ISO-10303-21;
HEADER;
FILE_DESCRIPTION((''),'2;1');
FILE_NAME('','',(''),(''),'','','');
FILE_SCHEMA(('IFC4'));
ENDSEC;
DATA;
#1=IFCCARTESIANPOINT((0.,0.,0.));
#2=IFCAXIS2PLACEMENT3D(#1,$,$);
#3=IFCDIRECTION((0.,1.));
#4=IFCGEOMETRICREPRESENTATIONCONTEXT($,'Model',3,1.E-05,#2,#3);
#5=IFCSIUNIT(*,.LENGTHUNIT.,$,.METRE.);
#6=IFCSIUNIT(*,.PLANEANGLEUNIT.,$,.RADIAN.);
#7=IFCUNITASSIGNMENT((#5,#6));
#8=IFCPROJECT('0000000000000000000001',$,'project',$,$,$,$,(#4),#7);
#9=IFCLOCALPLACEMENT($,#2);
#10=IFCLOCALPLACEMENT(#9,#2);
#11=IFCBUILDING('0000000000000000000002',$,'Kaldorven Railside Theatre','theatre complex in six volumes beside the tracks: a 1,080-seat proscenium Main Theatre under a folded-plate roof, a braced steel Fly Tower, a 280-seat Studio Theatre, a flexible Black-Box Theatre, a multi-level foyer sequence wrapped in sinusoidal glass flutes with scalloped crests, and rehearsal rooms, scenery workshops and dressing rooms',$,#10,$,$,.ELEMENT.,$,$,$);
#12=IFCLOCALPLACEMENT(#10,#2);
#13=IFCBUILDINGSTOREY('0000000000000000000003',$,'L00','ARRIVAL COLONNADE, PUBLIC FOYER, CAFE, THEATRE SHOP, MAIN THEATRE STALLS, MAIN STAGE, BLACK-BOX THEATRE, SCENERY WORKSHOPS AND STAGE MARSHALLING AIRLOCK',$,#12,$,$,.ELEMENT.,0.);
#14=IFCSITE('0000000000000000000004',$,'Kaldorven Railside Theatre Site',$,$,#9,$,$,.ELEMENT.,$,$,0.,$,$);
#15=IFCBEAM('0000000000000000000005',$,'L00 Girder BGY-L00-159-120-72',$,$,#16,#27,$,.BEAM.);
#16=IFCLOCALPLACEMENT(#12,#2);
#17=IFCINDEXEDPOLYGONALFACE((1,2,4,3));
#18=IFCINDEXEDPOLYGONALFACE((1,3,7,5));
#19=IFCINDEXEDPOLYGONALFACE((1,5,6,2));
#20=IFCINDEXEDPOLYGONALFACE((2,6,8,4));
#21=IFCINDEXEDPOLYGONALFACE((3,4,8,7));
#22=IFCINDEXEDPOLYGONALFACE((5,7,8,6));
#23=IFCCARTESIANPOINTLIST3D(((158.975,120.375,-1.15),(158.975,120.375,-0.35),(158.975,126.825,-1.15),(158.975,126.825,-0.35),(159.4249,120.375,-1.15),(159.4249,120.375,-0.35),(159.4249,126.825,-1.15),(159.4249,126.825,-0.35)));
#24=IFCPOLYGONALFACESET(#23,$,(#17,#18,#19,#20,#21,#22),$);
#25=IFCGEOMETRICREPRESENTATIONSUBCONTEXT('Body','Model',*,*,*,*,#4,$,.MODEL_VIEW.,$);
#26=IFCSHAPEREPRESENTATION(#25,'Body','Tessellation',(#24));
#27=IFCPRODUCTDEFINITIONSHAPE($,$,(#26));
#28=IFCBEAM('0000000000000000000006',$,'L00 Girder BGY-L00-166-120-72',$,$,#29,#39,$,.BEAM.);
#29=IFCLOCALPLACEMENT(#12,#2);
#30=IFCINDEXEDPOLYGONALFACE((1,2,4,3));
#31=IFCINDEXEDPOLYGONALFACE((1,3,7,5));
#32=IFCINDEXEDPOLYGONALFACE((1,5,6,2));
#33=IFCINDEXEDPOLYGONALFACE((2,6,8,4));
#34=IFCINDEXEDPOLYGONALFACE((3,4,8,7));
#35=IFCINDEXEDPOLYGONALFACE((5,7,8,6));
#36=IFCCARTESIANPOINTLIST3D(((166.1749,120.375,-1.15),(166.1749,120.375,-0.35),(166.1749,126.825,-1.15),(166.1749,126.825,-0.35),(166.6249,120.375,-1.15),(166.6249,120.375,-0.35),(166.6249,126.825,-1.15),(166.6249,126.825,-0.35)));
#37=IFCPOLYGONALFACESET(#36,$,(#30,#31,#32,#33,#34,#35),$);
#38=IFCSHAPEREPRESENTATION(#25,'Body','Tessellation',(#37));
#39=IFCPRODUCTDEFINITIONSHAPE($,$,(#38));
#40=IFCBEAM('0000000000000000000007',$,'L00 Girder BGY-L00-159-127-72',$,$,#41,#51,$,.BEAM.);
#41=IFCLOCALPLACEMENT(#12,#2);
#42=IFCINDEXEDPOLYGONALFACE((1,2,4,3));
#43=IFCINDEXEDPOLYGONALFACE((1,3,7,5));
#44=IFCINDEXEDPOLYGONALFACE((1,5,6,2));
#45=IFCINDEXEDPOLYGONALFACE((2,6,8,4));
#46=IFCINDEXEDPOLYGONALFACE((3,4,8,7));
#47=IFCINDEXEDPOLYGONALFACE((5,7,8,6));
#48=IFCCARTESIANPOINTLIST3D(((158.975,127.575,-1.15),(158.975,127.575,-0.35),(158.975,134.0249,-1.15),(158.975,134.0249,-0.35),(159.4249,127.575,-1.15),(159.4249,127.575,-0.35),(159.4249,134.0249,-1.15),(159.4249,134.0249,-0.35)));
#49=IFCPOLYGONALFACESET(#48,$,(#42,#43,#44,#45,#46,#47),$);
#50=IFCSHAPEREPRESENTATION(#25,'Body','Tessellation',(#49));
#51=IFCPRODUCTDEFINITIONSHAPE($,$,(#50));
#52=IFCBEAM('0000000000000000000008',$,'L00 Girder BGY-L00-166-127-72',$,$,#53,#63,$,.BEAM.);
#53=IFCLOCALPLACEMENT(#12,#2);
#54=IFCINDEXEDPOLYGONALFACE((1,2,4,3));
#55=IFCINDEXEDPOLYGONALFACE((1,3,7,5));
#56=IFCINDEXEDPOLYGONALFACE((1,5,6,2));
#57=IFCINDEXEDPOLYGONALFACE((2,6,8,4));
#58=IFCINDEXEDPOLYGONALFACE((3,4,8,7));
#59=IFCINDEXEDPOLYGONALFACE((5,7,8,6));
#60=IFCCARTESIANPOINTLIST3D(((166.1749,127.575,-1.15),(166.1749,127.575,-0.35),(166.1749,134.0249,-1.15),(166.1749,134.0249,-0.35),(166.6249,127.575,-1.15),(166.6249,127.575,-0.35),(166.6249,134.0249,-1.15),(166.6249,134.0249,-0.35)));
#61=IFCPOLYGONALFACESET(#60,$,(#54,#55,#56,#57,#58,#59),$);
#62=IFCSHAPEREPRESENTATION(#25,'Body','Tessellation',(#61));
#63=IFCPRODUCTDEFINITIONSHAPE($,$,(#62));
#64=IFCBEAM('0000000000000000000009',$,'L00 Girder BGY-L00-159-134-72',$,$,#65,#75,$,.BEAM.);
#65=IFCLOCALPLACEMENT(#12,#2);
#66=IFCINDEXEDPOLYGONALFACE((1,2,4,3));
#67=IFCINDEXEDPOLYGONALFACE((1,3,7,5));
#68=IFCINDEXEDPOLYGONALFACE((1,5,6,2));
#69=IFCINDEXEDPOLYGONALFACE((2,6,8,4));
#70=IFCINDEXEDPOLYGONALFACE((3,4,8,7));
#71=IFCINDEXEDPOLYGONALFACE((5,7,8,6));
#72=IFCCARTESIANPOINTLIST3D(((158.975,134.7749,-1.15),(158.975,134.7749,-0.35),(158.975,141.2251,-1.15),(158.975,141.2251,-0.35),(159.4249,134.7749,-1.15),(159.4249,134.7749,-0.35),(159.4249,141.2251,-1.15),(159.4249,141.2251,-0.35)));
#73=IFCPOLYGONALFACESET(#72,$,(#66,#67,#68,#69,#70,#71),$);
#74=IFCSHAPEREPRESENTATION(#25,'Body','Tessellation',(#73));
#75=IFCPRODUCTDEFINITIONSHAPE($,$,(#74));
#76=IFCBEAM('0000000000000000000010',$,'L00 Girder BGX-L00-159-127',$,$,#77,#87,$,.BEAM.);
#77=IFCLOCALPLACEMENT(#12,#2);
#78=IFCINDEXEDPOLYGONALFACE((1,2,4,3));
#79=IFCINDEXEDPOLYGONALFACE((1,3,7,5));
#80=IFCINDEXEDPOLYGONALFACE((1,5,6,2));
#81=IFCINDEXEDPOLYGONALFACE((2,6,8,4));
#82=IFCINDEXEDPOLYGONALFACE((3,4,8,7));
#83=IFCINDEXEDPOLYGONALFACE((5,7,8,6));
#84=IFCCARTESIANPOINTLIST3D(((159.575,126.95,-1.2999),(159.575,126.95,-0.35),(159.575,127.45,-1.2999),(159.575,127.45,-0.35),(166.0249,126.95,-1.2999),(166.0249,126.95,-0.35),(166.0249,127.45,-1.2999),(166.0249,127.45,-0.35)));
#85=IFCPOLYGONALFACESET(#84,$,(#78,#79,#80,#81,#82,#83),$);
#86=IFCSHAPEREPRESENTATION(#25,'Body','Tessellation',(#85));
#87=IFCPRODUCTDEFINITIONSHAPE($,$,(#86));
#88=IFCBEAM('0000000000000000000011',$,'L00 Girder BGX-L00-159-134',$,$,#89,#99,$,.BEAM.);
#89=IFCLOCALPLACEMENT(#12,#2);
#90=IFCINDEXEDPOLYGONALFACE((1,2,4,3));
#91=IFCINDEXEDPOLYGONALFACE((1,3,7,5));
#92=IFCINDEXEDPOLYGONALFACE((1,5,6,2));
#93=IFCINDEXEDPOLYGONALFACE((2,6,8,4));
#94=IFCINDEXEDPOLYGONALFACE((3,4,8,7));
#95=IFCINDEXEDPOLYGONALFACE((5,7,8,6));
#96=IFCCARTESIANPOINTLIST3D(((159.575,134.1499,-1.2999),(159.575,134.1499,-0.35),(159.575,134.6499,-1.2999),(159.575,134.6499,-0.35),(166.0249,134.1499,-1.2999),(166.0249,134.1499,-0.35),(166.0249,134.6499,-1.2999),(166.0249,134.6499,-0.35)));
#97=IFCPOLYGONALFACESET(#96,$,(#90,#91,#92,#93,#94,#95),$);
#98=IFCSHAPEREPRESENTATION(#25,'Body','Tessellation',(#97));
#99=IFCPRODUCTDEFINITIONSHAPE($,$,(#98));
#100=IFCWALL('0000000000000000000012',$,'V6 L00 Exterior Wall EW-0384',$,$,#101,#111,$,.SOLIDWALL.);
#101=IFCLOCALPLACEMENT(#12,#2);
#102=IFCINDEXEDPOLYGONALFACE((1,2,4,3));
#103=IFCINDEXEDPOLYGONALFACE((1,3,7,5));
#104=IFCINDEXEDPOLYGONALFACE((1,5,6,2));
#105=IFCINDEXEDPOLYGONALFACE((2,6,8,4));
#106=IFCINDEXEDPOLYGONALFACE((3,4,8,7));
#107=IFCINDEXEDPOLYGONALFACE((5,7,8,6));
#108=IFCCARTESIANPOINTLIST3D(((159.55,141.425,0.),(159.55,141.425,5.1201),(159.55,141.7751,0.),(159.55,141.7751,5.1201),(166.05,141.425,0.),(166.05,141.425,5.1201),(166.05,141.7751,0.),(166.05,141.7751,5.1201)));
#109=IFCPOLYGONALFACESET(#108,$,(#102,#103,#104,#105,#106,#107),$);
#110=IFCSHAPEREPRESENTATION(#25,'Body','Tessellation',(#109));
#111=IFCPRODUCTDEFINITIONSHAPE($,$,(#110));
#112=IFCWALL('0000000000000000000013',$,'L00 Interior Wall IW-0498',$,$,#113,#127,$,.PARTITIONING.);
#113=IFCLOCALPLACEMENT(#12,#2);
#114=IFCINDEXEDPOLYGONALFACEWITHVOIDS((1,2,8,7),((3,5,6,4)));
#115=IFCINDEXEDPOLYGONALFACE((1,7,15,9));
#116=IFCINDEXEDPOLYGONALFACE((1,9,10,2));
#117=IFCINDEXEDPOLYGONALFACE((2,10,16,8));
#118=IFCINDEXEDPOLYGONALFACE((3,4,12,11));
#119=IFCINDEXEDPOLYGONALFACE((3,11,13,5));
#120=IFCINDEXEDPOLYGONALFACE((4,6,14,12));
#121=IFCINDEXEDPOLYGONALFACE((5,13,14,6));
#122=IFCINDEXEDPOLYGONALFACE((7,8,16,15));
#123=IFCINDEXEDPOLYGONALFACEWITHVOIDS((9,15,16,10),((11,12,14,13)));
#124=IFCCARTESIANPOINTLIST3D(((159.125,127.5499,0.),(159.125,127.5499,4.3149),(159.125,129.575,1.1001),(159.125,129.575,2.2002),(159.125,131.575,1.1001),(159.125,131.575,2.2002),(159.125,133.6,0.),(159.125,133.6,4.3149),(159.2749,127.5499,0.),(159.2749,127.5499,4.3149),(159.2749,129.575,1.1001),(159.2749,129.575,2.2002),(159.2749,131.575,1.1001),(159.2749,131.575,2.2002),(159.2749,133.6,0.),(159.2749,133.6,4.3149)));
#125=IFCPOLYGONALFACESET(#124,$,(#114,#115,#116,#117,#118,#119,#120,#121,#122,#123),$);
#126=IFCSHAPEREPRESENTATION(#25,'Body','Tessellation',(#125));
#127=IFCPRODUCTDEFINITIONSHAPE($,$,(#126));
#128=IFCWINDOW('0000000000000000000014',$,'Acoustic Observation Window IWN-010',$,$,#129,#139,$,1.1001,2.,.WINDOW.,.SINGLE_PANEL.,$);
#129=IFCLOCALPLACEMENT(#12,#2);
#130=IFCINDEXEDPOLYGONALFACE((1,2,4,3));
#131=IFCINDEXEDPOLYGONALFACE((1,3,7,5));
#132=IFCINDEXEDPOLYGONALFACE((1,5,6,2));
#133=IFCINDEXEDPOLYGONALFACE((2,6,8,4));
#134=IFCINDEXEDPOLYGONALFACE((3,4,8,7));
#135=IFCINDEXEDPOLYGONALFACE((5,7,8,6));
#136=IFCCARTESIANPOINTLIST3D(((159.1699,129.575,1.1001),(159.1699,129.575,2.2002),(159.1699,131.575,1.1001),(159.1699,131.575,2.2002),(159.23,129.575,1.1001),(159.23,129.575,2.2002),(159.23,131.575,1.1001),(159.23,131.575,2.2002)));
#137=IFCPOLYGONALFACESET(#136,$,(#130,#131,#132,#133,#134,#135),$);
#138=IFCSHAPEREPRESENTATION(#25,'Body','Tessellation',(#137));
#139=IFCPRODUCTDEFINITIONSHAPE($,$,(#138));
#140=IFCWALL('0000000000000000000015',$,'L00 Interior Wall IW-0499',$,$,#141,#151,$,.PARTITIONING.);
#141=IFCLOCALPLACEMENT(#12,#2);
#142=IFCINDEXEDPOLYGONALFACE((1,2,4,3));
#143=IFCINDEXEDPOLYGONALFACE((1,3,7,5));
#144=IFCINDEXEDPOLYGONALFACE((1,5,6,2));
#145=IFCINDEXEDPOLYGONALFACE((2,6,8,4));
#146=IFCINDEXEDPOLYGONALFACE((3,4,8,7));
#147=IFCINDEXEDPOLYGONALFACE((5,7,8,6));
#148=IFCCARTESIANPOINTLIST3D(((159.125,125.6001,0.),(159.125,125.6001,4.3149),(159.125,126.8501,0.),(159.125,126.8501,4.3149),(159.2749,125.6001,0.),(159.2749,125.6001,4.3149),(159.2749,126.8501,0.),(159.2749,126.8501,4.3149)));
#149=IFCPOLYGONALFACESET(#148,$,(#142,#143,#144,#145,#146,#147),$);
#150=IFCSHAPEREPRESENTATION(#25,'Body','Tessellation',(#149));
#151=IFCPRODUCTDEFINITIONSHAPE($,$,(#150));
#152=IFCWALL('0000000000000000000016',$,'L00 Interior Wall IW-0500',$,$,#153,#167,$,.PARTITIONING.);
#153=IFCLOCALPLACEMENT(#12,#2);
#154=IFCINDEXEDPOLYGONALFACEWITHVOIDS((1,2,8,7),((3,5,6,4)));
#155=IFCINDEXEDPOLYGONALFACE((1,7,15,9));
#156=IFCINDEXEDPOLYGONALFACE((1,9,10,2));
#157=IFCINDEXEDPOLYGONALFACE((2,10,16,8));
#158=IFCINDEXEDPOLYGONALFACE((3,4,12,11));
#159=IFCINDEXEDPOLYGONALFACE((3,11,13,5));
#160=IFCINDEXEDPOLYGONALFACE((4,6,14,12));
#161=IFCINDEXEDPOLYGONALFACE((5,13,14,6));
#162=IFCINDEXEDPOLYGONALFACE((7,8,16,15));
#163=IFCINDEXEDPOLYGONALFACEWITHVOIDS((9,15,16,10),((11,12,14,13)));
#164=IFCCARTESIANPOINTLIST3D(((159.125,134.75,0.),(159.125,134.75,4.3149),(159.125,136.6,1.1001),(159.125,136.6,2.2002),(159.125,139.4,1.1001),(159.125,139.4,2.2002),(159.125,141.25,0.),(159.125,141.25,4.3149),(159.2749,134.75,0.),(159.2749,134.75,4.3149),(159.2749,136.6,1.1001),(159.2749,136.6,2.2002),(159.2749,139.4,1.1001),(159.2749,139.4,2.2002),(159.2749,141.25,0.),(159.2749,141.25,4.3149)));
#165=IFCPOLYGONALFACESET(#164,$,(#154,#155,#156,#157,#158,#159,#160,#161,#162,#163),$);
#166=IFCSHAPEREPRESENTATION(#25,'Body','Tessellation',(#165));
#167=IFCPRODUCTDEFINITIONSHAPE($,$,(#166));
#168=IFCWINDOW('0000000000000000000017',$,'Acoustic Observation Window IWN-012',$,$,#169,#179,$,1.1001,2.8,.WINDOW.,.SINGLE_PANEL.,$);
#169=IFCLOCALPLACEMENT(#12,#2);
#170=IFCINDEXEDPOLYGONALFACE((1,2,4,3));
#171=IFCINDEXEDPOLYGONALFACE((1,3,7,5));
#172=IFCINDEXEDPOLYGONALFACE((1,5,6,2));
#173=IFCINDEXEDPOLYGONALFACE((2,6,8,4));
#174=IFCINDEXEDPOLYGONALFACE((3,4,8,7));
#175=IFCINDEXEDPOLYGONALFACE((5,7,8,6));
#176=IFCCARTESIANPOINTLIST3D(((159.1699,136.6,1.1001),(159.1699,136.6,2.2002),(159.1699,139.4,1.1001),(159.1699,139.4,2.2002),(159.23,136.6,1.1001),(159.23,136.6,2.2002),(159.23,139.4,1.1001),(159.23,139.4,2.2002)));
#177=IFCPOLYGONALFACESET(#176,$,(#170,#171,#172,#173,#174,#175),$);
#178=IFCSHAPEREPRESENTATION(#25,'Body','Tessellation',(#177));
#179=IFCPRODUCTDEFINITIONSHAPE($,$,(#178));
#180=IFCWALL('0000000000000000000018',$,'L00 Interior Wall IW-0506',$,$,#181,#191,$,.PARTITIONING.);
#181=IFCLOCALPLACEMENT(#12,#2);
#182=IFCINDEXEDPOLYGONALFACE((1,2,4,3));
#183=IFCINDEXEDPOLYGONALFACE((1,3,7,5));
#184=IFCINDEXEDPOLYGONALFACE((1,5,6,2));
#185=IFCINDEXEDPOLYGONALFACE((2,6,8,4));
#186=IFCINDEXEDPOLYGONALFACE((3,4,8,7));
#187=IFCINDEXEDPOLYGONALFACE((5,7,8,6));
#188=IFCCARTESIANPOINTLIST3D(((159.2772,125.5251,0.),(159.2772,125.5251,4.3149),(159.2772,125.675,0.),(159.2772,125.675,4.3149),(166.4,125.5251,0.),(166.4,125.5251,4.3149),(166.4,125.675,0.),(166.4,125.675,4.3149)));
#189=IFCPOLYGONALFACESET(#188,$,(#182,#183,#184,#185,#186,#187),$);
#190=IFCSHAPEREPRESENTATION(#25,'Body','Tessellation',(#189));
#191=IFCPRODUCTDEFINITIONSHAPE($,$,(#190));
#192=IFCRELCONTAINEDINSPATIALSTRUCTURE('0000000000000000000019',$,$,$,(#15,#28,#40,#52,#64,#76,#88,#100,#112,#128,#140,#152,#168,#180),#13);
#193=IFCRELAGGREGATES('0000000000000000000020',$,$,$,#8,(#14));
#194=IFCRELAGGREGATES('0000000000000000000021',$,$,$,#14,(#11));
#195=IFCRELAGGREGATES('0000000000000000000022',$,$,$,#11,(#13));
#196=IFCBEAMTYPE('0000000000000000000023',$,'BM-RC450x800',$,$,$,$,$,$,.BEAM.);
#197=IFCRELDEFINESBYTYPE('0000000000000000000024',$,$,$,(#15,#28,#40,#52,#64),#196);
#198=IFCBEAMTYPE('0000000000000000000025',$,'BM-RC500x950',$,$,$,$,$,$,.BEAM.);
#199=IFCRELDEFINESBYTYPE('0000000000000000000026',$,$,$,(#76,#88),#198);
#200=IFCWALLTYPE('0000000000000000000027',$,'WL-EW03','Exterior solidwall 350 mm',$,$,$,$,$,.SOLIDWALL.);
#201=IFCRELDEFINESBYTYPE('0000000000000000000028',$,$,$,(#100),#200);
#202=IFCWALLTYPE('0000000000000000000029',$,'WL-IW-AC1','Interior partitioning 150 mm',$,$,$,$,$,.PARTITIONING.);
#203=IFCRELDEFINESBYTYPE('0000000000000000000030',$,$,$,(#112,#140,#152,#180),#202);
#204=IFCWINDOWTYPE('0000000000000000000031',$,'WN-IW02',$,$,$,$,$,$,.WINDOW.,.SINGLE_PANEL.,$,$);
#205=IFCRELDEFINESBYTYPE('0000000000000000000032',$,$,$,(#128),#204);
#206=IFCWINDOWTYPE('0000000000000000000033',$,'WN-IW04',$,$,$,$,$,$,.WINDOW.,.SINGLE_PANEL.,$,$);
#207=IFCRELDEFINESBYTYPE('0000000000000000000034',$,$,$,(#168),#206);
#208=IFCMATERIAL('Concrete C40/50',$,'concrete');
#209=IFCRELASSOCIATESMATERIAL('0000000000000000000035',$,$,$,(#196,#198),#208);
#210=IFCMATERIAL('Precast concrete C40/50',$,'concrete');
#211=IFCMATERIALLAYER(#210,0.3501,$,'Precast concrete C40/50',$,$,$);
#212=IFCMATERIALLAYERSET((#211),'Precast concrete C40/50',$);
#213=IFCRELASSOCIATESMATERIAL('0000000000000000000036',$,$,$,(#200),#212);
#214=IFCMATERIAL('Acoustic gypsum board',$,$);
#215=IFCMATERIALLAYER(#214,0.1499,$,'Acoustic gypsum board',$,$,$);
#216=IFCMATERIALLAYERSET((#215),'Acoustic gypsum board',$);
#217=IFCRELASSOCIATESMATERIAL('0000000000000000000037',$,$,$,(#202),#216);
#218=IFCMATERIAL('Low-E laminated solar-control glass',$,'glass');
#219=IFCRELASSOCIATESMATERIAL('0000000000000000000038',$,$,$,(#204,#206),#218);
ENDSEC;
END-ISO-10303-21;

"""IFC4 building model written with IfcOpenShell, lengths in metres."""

from ifc_helpers import new_model, si_unit, direction, frame, frame_2d, origin, origin_2d, place, context, subcontext, project, spatial, rectangle, extrude, material, layer, layer_set, material_profile, profile_set, type_object, element, fill, save


model = new_model("IFC4")

# Units and contexts
model_context = context("Model", 3, precision=1e-05, world=origin(), true_north=direction((0.0, 1.0)))
body_context = subcontext(model_context, "Body", "Model", "MODEL_VIEW")
ifc_project = project(units=[si_unit("LENGTHUNIT", "METRE"), si_unit("PLANEANGLEUNIT", "RADIAN")], contexts=[model_context])

# Site, building, storey
site_placement = place(None, origin())
site = spatial("IfcSite", under=ifc_project, at=site_placement, Name="Kaldorven Railside Theatre Site", CompositionType="ELEMENT", RefElevation=0.0)
building_placement = place(site_placement, origin())
building = spatial("IfcBuilding", under=site, at=building_placement, Name="Kaldorven Railside Theatre", Description="theatre complex in six volumes beside the tracks: a 1,080-seat proscenium Main Theatre under a folded-plate roof, a braced steel Fly Tower, a 280-seat Studio Theatre, a flexible Black-Box Theatre, a multi-level foyer sequence wrapped in sinusoidal glass flutes with scalloped crests, and rehearsal rooms, scenery workshops and dressing rooms", CompositionType="ELEMENT")
storey_placement = place(building_placement, origin())
storey = spatial("IfcBuildingStorey", under=building, at=storey_placement, Name="L00", Description="ARRIVAL COLONNADE, PUBLIC FOYER, CAFE, THEATRE SHOP, MAIN THEATRE STALLS, MAIN STAGE, BLACK-BOX THEATRE, SCENERY WORKSHOPS AND STAGE MARSHALLING AIRLOCK", CompositionType="ELEMENT", Elevation=0.0)

# Shared definitions
ifc_material_1 = material(Name="Concrete C40/50", Category="concrete")

# Beams
ifc_material_profile_1 = material_profile(ifc_material_1, rectangle(XDim=0.45, YDim=0.8, at=origin_2d()), Name="RC 450x800")
ifc_profile_set_1 = profile_set([ifc_material_profile_1], Name="Concrete C40/50")
beam_type_1 = type_object("IfcBeamType", Name="BM-RC450x800", PredefinedType="BEAM", material=ifc_profile_set_1)
for number, where, z_axis, x_axis, name in (
    (1, (159.2, 120.375, -0.75), (0.0, 1.0, 0.0), (-1.0, 0.0, 0.0), "L00 Girder BGY-L00-159-120-72"),
    (2, (166.3999, 120.375, -0.75), (0.0, 1.0, 0.0), (-1.0, 0.0, 0.0), "L00 Girder BGY-L00-166-120-72"),
    (3, (159.2, 127.575, -0.75), (0.0, 1.0, 0.0), (-1.0, 0.0, 0.0), "L00 Girder BGY-L00-159-127-72"),
    (4, (166.3999, 127.575, -0.75), (0.0, 1.0, 0.0), (-1.0, 0.0, 0.0), "L00 Girder BGY-L00-166-127-72"),
):
    element("IfcBeam", number, at=place(storey_placement, frame(where, z_axis=z_axis, x_axis=x_axis)), inside=storey, type_object=beam_type_1, Name=name, PredefinedType="BEAM", context=body_context, shape_type="SweptSolid", body=[
        extrude(rectangle(XDim=0.45, YDim=0.8, at=origin_2d()), origin(), (0.0, 0.0, 1.0), 6.45),
    ])
beam_placement = place(storey_placement, frame((159.2, 134.7749, -0.75), z_axis=(0.0, 1.0, 0.0), x_axis=(-1.0, 0.0, 0.0)))
element("IfcBeam", 5, at=beam_placement, inside=storey, type_object=beam_type_1, Name="L00 Girder BGY-L00-159-134-72", PredefinedType="BEAM", context=body_context, shape_type="SweptSolid", body=[
    extrude(rectangle(XDim=0.45, YDim=0.8, at=origin_2d()), origin(), (0.0, 0.0, 1.0), 6.4502),
])
ifc_material_profile_2 = material_profile(ifc_material_1, rectangle(XDim=0.5, YDim=0.95, at=origin_2d()), Name="RC 500x950")
ifc_profile_set_2 = profile_set([ifc_material_profile_2], Name="Concrete C40/50")
beam_type_2 = type_object("IfcBeamType", Name="BM-RC500x950", PredefinedType="BEAM", material=ifc_profile_set_2)
for number, where, z_axis, x_axis, name in (
    (6, (159.575, 127.2, -0.825), (1.0, 0.0, 0.0), (0.0, 1.0, 0.0), "L00 Girder BGX-L00-159-127"),
    (7, (159.575, 134.3999, -0.825), (1.0, 0.0, 0.0), (0.0, 1.0, 0.0), "L00 Girder BGX-L00-159-134"),
):
    element("IfcBeam", number, at=place(storey_placement, frame(where, z_axis=z_axis, x_axis=x_axis)), inside=storey, type_object=beam_type_2, Name=name, PredefinedType="BEAM", context=body_context, shape_type="SweptSolid", body=[
        extrude(rectangle(XDim=0.5, YDim=0.95, at=origin_2d()), origin(), (0.0, 0.0, 1.0), 6.45),
    ])

# Wall
ifc_material_2 = material(Name="Precast concrete C40/50", Category="concrete")
ifc_layer_1 = layer(ifc_material_2, 0.3501, Name="Precast concrete C40/50")
ifc_layer_set_1 = layer_set([ifc_layer_1], Name="Precast concrete C40/50")
wall_type_1 = type_object("IfcWallType", Name="WL-EW03", Description="Exterior solidwall 350 mm", PredefinedType="SOLIDWALL", material=ifc_layer_set_1)
wall_1_placement = place(storey_placement, frame((159.55, 141.6001, 0.0), z_axis=(0.0, 0.0, 1.0), x_axis=(1.0, 0.0, 0.0)))
element("IfcWall", 8, at=wall_1_placement, inside=storey, type_object=wall_type_1, Name="V6 L00 Exterior Wall EW-0384", PredefinedType="SOLIDWALL", context=body_context, shape_type="SweptSolid", body=[
    extrude(rectangle(XDim=6.5, YDim=0.3501, at=frame_2d((3.25, 0.0))), origin(), (0.0, 0.0, 1.0), 5.1201),
])

# Wall, opening, window
ifc_material_3 = material(Name="Acoustic gypsum board")
ifc_layer_2 = layer(ifc_material_3, 0.1499, Name="Acoustic gypsum board")
ifc_layer_set_2 = layer_set([ifc_layer_2], Name="Acoustic gypsum board")
wall_type_2 = type_object("IfcWallType", Name="WL-IW-AC1", Description="Interior partitioning 150 mm", PredefinedType="PARTITIONING", material=ifc_layer_set_2)
wall_2_placement = place(storey_placement, frame((159.2, 127.55, 0.0), z_axis=(0.0, 0.0, 1.0), x_axis=(0.0, 1.0, 0.0)))
wall_2 = element("IfcWall", 9, at=wall_2_placement, inside=storey, type_object=wall_type_2, Name="L00 Interior Wall IW-0498", PredefinedType="PARTITIONING", context=body_context, shape_type="SweptSolid", body=[
    extrude(rectangle(XDim=6.05, YDim=0.1499, at=frame_2d((3.0249, 0.0))), origin(), (0.0, 0.0, 1.0), 4.3149),
])
opening_1_placement = place(wall_2_placement, frame((2.0249, 0.0, 1.1001)))
opening_1 = element("IfcOpeningElement", 10, at=opening_1_placement, cuts=wall_2, PredefinedType="OPENING", context=body_context, shape_type="SweptSolid", body=[
    extrude(rectangle(XDim=2.0, YDim=1.1001, at=frame_2d((1.0, 0.55))), frame((0.0, 0.085, 0.0), z_axis=(0.0, -1.0, 0.0), x_axis=(1.0, 0.0, 0.0)), (0.0, 0.0, 1.0), 0.1699),
])
ifc_material_4 = material(Name="Low-E laminated solar-control glass", Category="glass")
window_type_1 = type_object("IfcWindowType", Name="WN-IW02", PartitioningType="SINGLE_PANEL", PredefinedType="WINDOW", material=ifc_material_4)
window_1_placement = place(opening_1_placement, origin())
window_1 = element("IfcWindow", 11, at=window_1_placement, inside=storey, type_object=window_type_1, Name="Acoustic Observation Window IWN-010", OverallHeight=1.1001, OverallWidth=2.0, PartitioningType="SINGLE_PANEL", PredefinedType="WINDOW", context=body_context, shape_type="SweptSolid", body=[
    extrude(rectangle(XDim=2.0, YDim=1.1001, at=frame_2d((1.0, 0.55))), frame((0.0, 0.03, 0.0), z_axis=(0.0, -1.0, 0.0), x_axis=(1.0, 0.0, 0.0)), (0.0, 0.0, 1.0), 0.0601),
])
fill(opening_1, window_1)

# Wall
wall_3_placement = place(storey_placement, frame((159.2, 125.6001, 0.0), z_axis=(0.0, 0.0, 1.0), x_axis=(0.0, 1.0, 0.0)))
element("IfcWall", 12, at=wall_3_placement, inside=storey, type_object=wall_type_2, Name="L00 Interior Wall IW-0499", PredefinedType="PARTITIONING", context=body_context, shape_type="SweptSolid", body=[
    extrude(rectangle(XDim=1.25, YDim=0.1499, at=frame_2d((0.625, 0.0))), origin(), (0.0, 0.0, 1.0), 4.3149),
])

# Wall, opening, window
wall_4_placement = place(storey_placement, frame((159.2, 134.75, 0.0), z_axis=(0.0, 0.0, 1.0), x_axis=(0.0, 1.0, 0.0)))
wall_4 = element("IfcWall", 13, at=wall_4_placement, inside=storey, type_object=wall_type_2, Name="L00 Interior Wall IW-0500", PredefinedType="PARTITIONING", context=body_context, shape_type="SweptSolid", body=[
    extrude(rectangle(XDim=6.5, YDim=0.1499, at=frame_2d((3.25, 0.0))), origin(), (0.0, 0.0, 1.0), 4.3149),
])
opening_2_placement = place(wall_4_placement, frame((1.8501, 0.0, 1.1001)))
opening_2 = element("IfcOpeningElement", 14, at=opening_2_placement, cuts=wall_4, PredefinedType="OPENING", context=body_context, shape_type="SweptSolid", body=[
    extrude(rectangle(XDim=2.8, YDim=1.1001, at=frame_2d((1.3999, 0.55))), frame((0.0, 0.085, 0.0), z_axis=(0.0, -1.0, 0.0), x_axis=(1.0, 0.0, 0.0)), (0.0, 0.0, 1.0), 0.1699),
])
window_type_2 = type_object("IfcWindowType", Name="WN-IW04", PartitioningType="SINGLE_PANEL", PredefinedType="WINDOW", material=ifc_material_4)
window_2_placement = place(opening_2_placement, origin())
window_2 = element("IfcWindow", 15, at=window_2_placement, inside=storey, type_object=window_type_2, Name="Acoustic Observation Window IWN-012", OverallHeight=1.1001, OverallWidth=2.8, PartitioningType="SINGLE_PANEL", PredefinedType="WINDOW", context=body_context, shape_type="SweptSolid", body=[
    extrude(rectangle(XDim=2.8, YDim=1.1001, at=frame_2d((1.3999, 0.55))), frame((0.0, 0.03, 0.0), z_axis=(0.0, -1.0, 0.0), x_axis=(1.0, 0.0, 0.0)), (0.0, 0.0, 1.0), 0.0601),
])
fill(opening_2, window_2)

# Wall
wall_5_placement = place(storey_placement, frame((159.2771, 125.6001, 0.0), z_axis=(0.0, 0.0, 1.0), x_axis=(1.0, 0.0, 0.0)))
element("IfcWall", 16, at=wall_5_placement, inside=storey, type_object=wall_type_2, Name="L00 Interior Wall IW-0506", PredefinedType="PARTITIONING", context=body_context, shape_type="SweptSolid", body=[
    extrude(rectangle(XDim=7.1228, YDim=0.1499, at=frame_2d((3.5615, 0.0))), origin(), (0.0, 0.0, 1.0), 4.3149),
])

save(model, "model.ifc")
